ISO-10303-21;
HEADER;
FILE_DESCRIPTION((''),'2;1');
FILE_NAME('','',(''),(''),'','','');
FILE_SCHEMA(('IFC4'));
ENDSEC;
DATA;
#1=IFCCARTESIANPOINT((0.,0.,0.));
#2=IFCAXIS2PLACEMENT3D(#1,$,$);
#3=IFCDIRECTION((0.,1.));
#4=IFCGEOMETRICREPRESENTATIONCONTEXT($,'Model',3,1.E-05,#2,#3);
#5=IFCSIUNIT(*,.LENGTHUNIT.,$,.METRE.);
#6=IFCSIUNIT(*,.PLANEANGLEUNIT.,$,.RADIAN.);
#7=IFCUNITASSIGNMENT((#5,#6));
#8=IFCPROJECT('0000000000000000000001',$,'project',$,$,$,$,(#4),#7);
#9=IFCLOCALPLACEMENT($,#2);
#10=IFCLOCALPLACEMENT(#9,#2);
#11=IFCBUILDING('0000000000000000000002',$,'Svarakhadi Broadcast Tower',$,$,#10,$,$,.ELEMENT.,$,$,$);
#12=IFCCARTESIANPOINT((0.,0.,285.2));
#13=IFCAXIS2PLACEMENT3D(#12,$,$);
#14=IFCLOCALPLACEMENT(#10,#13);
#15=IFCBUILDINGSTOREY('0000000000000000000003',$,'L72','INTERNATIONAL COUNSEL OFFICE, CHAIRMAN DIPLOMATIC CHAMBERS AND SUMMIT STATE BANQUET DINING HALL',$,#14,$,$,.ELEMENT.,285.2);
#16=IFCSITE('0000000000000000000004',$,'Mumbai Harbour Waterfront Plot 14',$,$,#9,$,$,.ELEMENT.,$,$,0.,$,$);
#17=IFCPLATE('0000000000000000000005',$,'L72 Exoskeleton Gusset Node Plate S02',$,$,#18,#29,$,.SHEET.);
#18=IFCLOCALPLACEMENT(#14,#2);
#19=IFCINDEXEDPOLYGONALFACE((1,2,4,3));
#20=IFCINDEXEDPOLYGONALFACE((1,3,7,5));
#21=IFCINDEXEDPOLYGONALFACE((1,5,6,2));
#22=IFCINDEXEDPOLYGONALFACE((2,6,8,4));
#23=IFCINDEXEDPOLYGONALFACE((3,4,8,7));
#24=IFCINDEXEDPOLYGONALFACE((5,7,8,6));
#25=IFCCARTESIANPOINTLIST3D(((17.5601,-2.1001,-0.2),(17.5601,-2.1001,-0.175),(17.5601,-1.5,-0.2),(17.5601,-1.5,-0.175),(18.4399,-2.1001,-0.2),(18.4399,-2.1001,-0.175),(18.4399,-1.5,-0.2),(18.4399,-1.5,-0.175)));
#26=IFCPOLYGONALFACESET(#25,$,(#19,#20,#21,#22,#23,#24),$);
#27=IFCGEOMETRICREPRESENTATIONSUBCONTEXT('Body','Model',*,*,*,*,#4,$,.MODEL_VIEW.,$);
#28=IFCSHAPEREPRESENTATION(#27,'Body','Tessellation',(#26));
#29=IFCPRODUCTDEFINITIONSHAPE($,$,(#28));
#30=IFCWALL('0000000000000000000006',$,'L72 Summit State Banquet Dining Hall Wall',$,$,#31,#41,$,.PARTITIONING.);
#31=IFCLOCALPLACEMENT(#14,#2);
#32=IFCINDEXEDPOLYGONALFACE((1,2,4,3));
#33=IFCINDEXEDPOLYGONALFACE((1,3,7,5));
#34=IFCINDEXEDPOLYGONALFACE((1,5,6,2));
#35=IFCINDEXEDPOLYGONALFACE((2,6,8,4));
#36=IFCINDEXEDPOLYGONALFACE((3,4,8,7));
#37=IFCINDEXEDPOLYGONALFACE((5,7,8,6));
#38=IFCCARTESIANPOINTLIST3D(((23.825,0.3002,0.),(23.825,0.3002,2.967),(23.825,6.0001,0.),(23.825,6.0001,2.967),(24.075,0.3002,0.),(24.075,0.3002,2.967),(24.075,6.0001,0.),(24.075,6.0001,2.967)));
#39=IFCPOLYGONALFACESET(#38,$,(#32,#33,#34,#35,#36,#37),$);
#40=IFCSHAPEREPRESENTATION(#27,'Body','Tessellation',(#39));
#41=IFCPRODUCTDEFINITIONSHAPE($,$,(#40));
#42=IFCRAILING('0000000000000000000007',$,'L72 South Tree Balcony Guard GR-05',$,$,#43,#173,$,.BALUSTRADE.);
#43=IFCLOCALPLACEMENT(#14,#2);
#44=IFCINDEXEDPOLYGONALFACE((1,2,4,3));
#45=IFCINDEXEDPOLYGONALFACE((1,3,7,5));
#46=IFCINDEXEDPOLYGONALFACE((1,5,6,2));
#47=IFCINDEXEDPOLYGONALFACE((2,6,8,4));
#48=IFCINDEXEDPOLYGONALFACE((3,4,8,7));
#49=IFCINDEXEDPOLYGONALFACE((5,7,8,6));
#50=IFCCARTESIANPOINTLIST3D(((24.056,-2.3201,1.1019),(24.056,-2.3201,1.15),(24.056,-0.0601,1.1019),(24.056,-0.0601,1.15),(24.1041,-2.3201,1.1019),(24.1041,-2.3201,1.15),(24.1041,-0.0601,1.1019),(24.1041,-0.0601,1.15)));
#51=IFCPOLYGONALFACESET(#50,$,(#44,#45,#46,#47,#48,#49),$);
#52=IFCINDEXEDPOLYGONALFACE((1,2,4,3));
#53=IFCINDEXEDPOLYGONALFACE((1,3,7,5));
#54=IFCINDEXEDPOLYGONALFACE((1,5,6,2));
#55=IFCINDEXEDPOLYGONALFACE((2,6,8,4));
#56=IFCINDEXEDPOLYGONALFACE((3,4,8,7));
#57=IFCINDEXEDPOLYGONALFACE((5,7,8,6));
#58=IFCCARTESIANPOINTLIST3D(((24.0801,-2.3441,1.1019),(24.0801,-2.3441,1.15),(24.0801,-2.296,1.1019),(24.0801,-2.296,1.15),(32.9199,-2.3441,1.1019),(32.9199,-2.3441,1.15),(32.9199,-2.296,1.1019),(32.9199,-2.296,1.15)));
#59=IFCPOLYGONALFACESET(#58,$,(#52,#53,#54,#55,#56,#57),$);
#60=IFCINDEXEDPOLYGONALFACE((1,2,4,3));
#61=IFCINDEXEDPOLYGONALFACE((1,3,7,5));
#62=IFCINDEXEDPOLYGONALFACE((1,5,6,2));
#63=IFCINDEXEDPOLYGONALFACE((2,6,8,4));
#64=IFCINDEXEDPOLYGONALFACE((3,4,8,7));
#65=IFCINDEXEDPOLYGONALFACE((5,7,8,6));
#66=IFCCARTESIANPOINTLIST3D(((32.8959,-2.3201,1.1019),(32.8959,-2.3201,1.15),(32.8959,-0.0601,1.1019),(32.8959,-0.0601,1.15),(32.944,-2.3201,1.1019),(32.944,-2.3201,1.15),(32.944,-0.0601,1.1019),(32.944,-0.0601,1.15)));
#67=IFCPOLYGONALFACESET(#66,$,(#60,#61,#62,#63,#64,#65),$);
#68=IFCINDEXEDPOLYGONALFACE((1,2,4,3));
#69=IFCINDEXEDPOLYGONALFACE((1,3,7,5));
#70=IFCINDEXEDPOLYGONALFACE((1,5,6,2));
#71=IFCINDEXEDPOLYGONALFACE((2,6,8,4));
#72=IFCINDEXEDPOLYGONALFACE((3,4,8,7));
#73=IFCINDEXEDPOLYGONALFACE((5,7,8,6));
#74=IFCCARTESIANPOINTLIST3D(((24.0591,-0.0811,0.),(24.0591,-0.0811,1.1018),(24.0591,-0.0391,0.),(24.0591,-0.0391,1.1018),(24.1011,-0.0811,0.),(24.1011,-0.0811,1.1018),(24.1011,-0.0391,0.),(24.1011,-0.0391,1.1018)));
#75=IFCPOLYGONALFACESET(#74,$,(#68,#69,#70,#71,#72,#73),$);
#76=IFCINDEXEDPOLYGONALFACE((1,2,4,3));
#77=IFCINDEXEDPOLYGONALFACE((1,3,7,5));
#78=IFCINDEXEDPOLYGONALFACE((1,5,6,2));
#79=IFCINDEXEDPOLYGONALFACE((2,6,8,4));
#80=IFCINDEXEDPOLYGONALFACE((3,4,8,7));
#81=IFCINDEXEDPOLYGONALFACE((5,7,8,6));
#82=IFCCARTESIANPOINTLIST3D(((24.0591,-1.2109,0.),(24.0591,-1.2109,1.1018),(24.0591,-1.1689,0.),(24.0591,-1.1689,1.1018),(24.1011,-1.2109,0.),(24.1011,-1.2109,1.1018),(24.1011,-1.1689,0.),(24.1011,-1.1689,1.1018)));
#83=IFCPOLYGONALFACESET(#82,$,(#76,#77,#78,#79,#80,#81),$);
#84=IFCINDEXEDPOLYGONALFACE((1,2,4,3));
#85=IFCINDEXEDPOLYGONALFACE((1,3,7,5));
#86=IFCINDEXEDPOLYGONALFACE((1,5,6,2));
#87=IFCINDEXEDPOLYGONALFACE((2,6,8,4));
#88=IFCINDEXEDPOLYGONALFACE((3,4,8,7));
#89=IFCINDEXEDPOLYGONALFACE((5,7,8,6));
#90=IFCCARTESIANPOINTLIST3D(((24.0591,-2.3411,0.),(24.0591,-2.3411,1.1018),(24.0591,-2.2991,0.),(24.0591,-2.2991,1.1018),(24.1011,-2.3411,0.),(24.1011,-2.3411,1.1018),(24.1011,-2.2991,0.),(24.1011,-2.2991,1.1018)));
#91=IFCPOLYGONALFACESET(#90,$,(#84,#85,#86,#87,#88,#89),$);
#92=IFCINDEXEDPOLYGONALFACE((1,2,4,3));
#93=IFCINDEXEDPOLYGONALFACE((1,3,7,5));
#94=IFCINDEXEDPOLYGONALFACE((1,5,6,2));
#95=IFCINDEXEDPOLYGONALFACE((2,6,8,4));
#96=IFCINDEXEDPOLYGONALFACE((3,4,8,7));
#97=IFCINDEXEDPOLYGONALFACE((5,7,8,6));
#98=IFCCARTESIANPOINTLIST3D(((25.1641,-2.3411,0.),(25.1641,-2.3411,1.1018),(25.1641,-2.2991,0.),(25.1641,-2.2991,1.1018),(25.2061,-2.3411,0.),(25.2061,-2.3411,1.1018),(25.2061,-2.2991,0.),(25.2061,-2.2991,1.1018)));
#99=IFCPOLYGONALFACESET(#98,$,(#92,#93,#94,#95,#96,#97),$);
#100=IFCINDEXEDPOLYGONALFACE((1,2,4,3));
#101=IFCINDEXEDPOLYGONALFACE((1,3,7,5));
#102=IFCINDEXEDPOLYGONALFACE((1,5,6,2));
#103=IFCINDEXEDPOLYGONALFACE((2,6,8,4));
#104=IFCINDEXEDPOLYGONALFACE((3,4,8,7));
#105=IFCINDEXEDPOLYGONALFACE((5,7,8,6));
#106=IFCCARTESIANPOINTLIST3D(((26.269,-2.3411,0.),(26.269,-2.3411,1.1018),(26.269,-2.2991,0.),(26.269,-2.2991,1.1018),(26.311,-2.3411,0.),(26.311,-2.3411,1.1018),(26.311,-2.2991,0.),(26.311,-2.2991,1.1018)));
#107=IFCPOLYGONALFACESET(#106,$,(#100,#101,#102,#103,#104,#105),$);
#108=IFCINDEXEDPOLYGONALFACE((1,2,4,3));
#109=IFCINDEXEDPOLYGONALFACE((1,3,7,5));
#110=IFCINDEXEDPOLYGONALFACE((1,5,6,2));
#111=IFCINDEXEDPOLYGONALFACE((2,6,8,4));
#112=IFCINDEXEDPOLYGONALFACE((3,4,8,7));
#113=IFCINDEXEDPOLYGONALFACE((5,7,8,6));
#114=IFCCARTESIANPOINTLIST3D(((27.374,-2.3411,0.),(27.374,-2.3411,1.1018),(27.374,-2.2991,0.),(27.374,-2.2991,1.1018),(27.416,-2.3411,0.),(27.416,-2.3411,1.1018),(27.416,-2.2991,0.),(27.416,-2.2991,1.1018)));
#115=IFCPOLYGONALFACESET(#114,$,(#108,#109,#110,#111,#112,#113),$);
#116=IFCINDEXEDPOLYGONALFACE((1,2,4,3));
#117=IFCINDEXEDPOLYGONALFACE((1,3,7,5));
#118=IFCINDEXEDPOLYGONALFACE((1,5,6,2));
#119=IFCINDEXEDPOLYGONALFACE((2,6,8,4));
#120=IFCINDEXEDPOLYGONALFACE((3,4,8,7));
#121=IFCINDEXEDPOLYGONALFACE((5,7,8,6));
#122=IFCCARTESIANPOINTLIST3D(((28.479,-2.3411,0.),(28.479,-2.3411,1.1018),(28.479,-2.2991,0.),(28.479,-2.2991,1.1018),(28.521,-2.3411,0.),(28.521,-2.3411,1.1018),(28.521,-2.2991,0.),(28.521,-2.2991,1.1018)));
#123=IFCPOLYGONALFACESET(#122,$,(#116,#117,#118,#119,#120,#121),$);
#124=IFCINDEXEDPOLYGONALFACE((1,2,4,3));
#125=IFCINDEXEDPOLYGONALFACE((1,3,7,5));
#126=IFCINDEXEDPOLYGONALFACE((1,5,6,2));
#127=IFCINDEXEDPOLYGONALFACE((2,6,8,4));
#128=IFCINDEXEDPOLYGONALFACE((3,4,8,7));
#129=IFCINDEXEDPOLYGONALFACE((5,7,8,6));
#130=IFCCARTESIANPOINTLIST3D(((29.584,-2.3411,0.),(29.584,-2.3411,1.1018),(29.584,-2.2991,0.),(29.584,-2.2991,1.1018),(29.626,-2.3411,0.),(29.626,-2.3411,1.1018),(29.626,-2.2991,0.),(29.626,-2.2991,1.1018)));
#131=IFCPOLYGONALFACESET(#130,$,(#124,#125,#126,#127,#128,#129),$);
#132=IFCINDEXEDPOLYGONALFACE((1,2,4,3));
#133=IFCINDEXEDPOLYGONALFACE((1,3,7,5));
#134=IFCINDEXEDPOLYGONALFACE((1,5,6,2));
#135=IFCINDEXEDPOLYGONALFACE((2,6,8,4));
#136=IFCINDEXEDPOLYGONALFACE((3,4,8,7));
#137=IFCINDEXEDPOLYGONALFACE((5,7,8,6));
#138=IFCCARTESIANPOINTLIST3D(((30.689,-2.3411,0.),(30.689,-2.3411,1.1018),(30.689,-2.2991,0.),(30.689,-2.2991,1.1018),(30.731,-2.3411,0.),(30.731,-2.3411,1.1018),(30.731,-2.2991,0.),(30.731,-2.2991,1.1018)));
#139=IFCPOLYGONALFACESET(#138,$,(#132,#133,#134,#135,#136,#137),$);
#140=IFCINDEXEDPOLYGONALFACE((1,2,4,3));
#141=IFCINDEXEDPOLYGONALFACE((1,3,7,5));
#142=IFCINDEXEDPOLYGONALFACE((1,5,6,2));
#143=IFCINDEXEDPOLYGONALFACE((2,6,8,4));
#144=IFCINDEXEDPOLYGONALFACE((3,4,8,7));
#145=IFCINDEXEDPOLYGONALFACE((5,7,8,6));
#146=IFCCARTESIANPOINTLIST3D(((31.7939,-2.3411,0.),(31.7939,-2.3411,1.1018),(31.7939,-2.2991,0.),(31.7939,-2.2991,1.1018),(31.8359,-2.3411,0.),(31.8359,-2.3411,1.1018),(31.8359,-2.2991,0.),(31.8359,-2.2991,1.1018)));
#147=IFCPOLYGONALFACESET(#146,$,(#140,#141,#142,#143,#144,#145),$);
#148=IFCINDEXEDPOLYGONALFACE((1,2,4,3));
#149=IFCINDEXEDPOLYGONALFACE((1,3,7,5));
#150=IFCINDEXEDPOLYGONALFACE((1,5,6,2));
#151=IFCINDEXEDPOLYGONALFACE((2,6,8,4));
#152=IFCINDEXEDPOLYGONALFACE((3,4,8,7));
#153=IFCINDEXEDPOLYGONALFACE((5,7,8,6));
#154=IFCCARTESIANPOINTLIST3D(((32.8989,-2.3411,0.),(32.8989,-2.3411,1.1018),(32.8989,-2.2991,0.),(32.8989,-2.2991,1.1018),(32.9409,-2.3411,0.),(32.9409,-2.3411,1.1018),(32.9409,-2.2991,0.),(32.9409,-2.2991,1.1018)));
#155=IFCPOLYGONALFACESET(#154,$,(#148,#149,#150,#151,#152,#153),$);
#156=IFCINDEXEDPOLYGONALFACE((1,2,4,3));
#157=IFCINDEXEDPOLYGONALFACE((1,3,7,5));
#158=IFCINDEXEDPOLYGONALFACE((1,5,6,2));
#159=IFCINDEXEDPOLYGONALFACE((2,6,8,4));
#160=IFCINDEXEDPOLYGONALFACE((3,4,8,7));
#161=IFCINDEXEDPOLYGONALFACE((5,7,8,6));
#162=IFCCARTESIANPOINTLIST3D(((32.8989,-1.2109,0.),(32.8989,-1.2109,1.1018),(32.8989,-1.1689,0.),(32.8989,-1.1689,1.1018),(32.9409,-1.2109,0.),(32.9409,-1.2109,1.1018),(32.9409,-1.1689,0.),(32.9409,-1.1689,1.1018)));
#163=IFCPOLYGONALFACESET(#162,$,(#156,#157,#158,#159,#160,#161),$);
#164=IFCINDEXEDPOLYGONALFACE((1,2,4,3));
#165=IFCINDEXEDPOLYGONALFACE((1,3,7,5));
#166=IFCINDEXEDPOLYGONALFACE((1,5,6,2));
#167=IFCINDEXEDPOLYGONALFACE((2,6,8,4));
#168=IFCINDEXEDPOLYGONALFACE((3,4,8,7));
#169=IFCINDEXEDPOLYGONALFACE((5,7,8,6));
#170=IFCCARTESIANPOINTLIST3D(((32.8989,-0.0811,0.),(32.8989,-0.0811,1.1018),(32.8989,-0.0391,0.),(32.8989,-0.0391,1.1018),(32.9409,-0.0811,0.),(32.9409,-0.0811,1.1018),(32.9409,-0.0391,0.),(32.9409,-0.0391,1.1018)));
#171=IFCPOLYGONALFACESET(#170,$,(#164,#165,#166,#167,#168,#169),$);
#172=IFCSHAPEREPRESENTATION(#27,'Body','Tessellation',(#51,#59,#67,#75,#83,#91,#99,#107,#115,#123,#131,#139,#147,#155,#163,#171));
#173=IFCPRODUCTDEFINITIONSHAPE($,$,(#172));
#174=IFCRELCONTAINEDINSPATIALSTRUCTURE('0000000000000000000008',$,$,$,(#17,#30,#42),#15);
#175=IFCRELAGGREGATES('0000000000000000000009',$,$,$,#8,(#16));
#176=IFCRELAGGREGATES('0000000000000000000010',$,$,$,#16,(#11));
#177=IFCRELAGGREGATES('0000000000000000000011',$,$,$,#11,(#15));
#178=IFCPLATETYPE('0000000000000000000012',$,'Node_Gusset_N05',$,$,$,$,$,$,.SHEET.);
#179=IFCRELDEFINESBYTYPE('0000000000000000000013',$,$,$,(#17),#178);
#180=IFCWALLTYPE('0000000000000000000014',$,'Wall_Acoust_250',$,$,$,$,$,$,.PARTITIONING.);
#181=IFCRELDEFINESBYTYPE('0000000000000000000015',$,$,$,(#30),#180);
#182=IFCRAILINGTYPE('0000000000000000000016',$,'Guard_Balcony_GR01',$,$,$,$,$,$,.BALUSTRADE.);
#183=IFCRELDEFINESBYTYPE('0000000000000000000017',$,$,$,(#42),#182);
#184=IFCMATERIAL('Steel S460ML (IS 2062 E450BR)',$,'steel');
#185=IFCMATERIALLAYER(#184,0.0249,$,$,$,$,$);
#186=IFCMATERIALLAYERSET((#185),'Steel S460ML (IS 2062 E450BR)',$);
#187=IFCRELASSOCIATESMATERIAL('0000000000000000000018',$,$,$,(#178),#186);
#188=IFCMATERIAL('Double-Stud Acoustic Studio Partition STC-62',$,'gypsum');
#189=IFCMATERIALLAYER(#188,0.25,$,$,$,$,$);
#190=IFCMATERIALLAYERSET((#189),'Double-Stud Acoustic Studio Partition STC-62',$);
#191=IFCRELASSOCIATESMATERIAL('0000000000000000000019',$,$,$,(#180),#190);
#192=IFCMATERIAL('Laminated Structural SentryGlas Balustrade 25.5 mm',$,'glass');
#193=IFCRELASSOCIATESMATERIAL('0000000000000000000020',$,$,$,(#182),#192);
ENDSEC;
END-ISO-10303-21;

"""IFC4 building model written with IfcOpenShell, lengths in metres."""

from ifc_helpers import new_model, si_unit, direction, frame, frame_2d, origin, origin_2d, place, context, subcontext, project, spatial, rectangle, extrude, material, layer, layer_set, type_object, element, save


model = new_model("IFC4")

# Units and contexts
model_context = context("Model", 3, precision=1e-05, world=origin(), true_north=direction((0.0, 1.0)))
body_context = subcontext(model_context, "Body", "Model", "MODEL_VIEW")
ifc_project = project(units=[si_unit("LENGTHUNIT", "METRE"), si_unit("PLANEANGLEUNIT", "RADIAN")], contexts=[model_context])

# Site, building, storey
site_placement = place(None, origin())
site = spatial("IfcSite", under=ifc_project, at=site_placement, Name="Mumbai Harbour Waterfront Plot 14", CompositionType="ELEMENT", RefElevation=0.0)
building_placement = place(site_placement, origin())
building = spatial("IfcBuilding", under=site, at=building_placement, Name="Svarakhadi Broadcast Tower", CompositionType="ELEMENT")
storey_placement = place(building_placement, frame((0.0, 0.0, 285.2)))
storey = spatial("IfcBuildingStorey", under=building, at=storey_placement, Name="L72", Description="INTERNATIONAL COUNSEL OFFICE, CHAIRMAN DIPLOMATIC CHAMBERS AND SUMMIT STATE BANQUET DINING HALL", CompositionType="ELEMENT", Elevation=285.2)

# Shared definitions
ifc_material_1 = material(Name="Steel S460ML (IS 2062 E450BR)", Category="steel")

# Plate
ifc_layer_1 = layer(ifc_material_1, 0.0249)
ifc_layer_set_1 = layer_set([ifc_layer_1], Name="Steel S460ML (IS 2062 E450BR)")
plate_type_1 = type_object("IfcPlateType", Name="Node_Gusset_N05", PredefinedType="SHEET", material=ifc_layer_set_1)
plate_1_placement = place(storey_placement, frame((18.0, -1.8, -0.2), z_axis=(0.0, 0.0, 1.0), x_axis=(1.0, 0.0, 0.0)))
element("IfcPlate", 1, at=plate_1_placement, inside=storey, type_object=plate_type_1, Name="L72 Exoskeleton Gusset Node Plate S02", PredefinedType="SHEET", context=body_context, shape_type="SweptSolid", body=[
    extrude(rectangle(XDim=0.8799, YDim=0.6001, at=origin_2d()), origin(), (0.0, 0.0, 1.0), 0.0249),
])

# Wall
ifc_material_2 = material(Name="Double-Stud Acoustic Studio Partition STC-62", Category="gypsum")
ifc_layer_2 = layer(ifc_material_2, 0.25)
ifc_layer_set_2 = layer_set([ifc_layer_2], Name="Double-Stud Acoustic Studio Partition STC-62")
wall_type = type_object("IfcWallType", Name="Wall_Acoust_250", PredefinedType="PARTITIONING", material=ifc_layer_set_2)
wall_placement = place(storey_placement, frame((23.95, 0.3, 0.0), z_axis=(0.0, 0.0, 1.0), x_axis=(0.0, 1.0, 0.0)))
element("IfcWall", 2, at=wall_placement, inside=storey, type_object=wall_type, Name="L72 Summit State Banquet Dining Hall Wall", PredefinedType="PARTITIONING", context=body_context, shape_type="SweptSolid", body=[
    extrude(rectangle(XDim=5.7, YDim=0.25, at=frame_2d((2.8501, 0.0))), origin(), (0.0, 0.0, 1.0), 2.967),
])

# Railing
ifc_material_3 = material(Name="Laminated Structural SentryGlas Balustrade 25.5 mm", Category="glass")
railing_type = type_object("IfcRailingType", Name="Guard_Balcony_GR01", PredefinedType="BALUSTRADE", material=ifc_material_3)
railing_placement = place(storey_placement, frame((24.0801, -0.0601, 0.0)))
element("IfcRailing", 3, at=railing_placement, inside=storey, type_object=railing_type, Name="L72 South Tree Balcony Guard GR-05", PredefinedType="BALUSTRADE", context=body_context, shape_type="SweptSolid", body=[
    extrude(rectangle(XDim=0.0481, YDim=0.0481, at=origin_2d()), frame((0.0, 0.0, 1.126), z_axis=(0.0, -1.0, 0.0), x_axis=(1.0, 0.0, 0.0)), (0.0, 0.0, 1.0), 2.26),
    extrude(rectangle(XDim=0.0481, YDim=0.0481, at=origin_2d()), frame((0.0, -2.26, 1.126), z_axis=(1.0, 0.0, 0.0), x_axis=(0.0, 1.0, 0.0)), (0.0, 0.0, 1.0), 8.8398),
    extrude(rectangle(XDim=0.0481, YDim=0.0481, at=origin_2d()), frame((8.8398, -2.26, 1.126), z_axis=(0.0, 1.0, 0.0), x_axis=(-1.0, 0.0, 0.0)), (0.0, 0.0, 1.0), 2.26),
    extrude(rectangle(XDim=0.042, YDim=0.042, at=origin_2d()), origin(), (0.0, 0.0, 1.0), 1.1018),
    extrude(rectangle(XDim=0.042, YDim=0.042, at=origin_2d()), frame((0.0, -1.1299, 0.0)), (0.0, 0.0, 1.0), 1.1018),
    extrude(rectangle(XDim=0.042, YDim=0.042, at=origin_2d()), frame((0.0, -2.26, 0.0)), (0.0, 0.0, 1.0), 1.1018),
    extrude(rectangle(XDim=0.042, YDim=0.042, at=origin_2d()), frame((1.105, -2.26, 0.0)), (0.0, 0.0, 1.0), 1.1018),
    extrude(rectangle(XDim=0.042, YDim=0.042, at=origin_2d()), frame((2.21, -2.26, 0.0)), (0.0, 0.0, 1.0), 1.1018),
    extrude(rectangle(XDim=0.042, YDim=0.042, at=origin_2d()), frame((3.3149, -2.26, 0.0)), (0.0, 0.0, 1.0), 1.1018),
    extrude(rectangle(XDim=0.042, YDim=0.042, at=origin_2d()), frame((4.4199, -2.26, 0.0)), (0.0, 0.0, 1.0), 1.1018),
    extrude(rectangle(XDim=0.042, YDim=0.042, at=origin_2d()), frame((5.5249, -2.26, 0.0)), (0.0, 0.0, 1.0), 1.1018),
    extrude(rectangle(XDim=0.042, YDim=0.042, at=origin_2d()), frame((6.6299, -2.26, 0.0)), (0.0, 0.0, 1.0), 1.1018),
    extrude(rectangle(XDim=0.042, YDim=0.042, at=origin_2d()), frame((7.7349, -2.26, 0.0)), (0.0, 0.0, 1.0), 1.1018),
    extrude(rectangle(XDim=0.042, YDim=0.042, at=origin_2d()), frame((8.8398, -2.26, 0.0)), (0.0, 0.0, 1.0), 1.1018),
    extrude(rectangle(XDim=0.042, YDim=0.042, at=origin_2d()), frame((8.8398, -1.1299, 0.0)), (0.0, 0.0, 1.0), 1.1018),
    extrude(rectangle(XDim=0.042, YDim=0.042, at=origin_2d()), frame((8.8398, 0.0, 0.0)), (0.0, 0.0, 1.0), 1.1018),
])

save(model, "model.ifc")
